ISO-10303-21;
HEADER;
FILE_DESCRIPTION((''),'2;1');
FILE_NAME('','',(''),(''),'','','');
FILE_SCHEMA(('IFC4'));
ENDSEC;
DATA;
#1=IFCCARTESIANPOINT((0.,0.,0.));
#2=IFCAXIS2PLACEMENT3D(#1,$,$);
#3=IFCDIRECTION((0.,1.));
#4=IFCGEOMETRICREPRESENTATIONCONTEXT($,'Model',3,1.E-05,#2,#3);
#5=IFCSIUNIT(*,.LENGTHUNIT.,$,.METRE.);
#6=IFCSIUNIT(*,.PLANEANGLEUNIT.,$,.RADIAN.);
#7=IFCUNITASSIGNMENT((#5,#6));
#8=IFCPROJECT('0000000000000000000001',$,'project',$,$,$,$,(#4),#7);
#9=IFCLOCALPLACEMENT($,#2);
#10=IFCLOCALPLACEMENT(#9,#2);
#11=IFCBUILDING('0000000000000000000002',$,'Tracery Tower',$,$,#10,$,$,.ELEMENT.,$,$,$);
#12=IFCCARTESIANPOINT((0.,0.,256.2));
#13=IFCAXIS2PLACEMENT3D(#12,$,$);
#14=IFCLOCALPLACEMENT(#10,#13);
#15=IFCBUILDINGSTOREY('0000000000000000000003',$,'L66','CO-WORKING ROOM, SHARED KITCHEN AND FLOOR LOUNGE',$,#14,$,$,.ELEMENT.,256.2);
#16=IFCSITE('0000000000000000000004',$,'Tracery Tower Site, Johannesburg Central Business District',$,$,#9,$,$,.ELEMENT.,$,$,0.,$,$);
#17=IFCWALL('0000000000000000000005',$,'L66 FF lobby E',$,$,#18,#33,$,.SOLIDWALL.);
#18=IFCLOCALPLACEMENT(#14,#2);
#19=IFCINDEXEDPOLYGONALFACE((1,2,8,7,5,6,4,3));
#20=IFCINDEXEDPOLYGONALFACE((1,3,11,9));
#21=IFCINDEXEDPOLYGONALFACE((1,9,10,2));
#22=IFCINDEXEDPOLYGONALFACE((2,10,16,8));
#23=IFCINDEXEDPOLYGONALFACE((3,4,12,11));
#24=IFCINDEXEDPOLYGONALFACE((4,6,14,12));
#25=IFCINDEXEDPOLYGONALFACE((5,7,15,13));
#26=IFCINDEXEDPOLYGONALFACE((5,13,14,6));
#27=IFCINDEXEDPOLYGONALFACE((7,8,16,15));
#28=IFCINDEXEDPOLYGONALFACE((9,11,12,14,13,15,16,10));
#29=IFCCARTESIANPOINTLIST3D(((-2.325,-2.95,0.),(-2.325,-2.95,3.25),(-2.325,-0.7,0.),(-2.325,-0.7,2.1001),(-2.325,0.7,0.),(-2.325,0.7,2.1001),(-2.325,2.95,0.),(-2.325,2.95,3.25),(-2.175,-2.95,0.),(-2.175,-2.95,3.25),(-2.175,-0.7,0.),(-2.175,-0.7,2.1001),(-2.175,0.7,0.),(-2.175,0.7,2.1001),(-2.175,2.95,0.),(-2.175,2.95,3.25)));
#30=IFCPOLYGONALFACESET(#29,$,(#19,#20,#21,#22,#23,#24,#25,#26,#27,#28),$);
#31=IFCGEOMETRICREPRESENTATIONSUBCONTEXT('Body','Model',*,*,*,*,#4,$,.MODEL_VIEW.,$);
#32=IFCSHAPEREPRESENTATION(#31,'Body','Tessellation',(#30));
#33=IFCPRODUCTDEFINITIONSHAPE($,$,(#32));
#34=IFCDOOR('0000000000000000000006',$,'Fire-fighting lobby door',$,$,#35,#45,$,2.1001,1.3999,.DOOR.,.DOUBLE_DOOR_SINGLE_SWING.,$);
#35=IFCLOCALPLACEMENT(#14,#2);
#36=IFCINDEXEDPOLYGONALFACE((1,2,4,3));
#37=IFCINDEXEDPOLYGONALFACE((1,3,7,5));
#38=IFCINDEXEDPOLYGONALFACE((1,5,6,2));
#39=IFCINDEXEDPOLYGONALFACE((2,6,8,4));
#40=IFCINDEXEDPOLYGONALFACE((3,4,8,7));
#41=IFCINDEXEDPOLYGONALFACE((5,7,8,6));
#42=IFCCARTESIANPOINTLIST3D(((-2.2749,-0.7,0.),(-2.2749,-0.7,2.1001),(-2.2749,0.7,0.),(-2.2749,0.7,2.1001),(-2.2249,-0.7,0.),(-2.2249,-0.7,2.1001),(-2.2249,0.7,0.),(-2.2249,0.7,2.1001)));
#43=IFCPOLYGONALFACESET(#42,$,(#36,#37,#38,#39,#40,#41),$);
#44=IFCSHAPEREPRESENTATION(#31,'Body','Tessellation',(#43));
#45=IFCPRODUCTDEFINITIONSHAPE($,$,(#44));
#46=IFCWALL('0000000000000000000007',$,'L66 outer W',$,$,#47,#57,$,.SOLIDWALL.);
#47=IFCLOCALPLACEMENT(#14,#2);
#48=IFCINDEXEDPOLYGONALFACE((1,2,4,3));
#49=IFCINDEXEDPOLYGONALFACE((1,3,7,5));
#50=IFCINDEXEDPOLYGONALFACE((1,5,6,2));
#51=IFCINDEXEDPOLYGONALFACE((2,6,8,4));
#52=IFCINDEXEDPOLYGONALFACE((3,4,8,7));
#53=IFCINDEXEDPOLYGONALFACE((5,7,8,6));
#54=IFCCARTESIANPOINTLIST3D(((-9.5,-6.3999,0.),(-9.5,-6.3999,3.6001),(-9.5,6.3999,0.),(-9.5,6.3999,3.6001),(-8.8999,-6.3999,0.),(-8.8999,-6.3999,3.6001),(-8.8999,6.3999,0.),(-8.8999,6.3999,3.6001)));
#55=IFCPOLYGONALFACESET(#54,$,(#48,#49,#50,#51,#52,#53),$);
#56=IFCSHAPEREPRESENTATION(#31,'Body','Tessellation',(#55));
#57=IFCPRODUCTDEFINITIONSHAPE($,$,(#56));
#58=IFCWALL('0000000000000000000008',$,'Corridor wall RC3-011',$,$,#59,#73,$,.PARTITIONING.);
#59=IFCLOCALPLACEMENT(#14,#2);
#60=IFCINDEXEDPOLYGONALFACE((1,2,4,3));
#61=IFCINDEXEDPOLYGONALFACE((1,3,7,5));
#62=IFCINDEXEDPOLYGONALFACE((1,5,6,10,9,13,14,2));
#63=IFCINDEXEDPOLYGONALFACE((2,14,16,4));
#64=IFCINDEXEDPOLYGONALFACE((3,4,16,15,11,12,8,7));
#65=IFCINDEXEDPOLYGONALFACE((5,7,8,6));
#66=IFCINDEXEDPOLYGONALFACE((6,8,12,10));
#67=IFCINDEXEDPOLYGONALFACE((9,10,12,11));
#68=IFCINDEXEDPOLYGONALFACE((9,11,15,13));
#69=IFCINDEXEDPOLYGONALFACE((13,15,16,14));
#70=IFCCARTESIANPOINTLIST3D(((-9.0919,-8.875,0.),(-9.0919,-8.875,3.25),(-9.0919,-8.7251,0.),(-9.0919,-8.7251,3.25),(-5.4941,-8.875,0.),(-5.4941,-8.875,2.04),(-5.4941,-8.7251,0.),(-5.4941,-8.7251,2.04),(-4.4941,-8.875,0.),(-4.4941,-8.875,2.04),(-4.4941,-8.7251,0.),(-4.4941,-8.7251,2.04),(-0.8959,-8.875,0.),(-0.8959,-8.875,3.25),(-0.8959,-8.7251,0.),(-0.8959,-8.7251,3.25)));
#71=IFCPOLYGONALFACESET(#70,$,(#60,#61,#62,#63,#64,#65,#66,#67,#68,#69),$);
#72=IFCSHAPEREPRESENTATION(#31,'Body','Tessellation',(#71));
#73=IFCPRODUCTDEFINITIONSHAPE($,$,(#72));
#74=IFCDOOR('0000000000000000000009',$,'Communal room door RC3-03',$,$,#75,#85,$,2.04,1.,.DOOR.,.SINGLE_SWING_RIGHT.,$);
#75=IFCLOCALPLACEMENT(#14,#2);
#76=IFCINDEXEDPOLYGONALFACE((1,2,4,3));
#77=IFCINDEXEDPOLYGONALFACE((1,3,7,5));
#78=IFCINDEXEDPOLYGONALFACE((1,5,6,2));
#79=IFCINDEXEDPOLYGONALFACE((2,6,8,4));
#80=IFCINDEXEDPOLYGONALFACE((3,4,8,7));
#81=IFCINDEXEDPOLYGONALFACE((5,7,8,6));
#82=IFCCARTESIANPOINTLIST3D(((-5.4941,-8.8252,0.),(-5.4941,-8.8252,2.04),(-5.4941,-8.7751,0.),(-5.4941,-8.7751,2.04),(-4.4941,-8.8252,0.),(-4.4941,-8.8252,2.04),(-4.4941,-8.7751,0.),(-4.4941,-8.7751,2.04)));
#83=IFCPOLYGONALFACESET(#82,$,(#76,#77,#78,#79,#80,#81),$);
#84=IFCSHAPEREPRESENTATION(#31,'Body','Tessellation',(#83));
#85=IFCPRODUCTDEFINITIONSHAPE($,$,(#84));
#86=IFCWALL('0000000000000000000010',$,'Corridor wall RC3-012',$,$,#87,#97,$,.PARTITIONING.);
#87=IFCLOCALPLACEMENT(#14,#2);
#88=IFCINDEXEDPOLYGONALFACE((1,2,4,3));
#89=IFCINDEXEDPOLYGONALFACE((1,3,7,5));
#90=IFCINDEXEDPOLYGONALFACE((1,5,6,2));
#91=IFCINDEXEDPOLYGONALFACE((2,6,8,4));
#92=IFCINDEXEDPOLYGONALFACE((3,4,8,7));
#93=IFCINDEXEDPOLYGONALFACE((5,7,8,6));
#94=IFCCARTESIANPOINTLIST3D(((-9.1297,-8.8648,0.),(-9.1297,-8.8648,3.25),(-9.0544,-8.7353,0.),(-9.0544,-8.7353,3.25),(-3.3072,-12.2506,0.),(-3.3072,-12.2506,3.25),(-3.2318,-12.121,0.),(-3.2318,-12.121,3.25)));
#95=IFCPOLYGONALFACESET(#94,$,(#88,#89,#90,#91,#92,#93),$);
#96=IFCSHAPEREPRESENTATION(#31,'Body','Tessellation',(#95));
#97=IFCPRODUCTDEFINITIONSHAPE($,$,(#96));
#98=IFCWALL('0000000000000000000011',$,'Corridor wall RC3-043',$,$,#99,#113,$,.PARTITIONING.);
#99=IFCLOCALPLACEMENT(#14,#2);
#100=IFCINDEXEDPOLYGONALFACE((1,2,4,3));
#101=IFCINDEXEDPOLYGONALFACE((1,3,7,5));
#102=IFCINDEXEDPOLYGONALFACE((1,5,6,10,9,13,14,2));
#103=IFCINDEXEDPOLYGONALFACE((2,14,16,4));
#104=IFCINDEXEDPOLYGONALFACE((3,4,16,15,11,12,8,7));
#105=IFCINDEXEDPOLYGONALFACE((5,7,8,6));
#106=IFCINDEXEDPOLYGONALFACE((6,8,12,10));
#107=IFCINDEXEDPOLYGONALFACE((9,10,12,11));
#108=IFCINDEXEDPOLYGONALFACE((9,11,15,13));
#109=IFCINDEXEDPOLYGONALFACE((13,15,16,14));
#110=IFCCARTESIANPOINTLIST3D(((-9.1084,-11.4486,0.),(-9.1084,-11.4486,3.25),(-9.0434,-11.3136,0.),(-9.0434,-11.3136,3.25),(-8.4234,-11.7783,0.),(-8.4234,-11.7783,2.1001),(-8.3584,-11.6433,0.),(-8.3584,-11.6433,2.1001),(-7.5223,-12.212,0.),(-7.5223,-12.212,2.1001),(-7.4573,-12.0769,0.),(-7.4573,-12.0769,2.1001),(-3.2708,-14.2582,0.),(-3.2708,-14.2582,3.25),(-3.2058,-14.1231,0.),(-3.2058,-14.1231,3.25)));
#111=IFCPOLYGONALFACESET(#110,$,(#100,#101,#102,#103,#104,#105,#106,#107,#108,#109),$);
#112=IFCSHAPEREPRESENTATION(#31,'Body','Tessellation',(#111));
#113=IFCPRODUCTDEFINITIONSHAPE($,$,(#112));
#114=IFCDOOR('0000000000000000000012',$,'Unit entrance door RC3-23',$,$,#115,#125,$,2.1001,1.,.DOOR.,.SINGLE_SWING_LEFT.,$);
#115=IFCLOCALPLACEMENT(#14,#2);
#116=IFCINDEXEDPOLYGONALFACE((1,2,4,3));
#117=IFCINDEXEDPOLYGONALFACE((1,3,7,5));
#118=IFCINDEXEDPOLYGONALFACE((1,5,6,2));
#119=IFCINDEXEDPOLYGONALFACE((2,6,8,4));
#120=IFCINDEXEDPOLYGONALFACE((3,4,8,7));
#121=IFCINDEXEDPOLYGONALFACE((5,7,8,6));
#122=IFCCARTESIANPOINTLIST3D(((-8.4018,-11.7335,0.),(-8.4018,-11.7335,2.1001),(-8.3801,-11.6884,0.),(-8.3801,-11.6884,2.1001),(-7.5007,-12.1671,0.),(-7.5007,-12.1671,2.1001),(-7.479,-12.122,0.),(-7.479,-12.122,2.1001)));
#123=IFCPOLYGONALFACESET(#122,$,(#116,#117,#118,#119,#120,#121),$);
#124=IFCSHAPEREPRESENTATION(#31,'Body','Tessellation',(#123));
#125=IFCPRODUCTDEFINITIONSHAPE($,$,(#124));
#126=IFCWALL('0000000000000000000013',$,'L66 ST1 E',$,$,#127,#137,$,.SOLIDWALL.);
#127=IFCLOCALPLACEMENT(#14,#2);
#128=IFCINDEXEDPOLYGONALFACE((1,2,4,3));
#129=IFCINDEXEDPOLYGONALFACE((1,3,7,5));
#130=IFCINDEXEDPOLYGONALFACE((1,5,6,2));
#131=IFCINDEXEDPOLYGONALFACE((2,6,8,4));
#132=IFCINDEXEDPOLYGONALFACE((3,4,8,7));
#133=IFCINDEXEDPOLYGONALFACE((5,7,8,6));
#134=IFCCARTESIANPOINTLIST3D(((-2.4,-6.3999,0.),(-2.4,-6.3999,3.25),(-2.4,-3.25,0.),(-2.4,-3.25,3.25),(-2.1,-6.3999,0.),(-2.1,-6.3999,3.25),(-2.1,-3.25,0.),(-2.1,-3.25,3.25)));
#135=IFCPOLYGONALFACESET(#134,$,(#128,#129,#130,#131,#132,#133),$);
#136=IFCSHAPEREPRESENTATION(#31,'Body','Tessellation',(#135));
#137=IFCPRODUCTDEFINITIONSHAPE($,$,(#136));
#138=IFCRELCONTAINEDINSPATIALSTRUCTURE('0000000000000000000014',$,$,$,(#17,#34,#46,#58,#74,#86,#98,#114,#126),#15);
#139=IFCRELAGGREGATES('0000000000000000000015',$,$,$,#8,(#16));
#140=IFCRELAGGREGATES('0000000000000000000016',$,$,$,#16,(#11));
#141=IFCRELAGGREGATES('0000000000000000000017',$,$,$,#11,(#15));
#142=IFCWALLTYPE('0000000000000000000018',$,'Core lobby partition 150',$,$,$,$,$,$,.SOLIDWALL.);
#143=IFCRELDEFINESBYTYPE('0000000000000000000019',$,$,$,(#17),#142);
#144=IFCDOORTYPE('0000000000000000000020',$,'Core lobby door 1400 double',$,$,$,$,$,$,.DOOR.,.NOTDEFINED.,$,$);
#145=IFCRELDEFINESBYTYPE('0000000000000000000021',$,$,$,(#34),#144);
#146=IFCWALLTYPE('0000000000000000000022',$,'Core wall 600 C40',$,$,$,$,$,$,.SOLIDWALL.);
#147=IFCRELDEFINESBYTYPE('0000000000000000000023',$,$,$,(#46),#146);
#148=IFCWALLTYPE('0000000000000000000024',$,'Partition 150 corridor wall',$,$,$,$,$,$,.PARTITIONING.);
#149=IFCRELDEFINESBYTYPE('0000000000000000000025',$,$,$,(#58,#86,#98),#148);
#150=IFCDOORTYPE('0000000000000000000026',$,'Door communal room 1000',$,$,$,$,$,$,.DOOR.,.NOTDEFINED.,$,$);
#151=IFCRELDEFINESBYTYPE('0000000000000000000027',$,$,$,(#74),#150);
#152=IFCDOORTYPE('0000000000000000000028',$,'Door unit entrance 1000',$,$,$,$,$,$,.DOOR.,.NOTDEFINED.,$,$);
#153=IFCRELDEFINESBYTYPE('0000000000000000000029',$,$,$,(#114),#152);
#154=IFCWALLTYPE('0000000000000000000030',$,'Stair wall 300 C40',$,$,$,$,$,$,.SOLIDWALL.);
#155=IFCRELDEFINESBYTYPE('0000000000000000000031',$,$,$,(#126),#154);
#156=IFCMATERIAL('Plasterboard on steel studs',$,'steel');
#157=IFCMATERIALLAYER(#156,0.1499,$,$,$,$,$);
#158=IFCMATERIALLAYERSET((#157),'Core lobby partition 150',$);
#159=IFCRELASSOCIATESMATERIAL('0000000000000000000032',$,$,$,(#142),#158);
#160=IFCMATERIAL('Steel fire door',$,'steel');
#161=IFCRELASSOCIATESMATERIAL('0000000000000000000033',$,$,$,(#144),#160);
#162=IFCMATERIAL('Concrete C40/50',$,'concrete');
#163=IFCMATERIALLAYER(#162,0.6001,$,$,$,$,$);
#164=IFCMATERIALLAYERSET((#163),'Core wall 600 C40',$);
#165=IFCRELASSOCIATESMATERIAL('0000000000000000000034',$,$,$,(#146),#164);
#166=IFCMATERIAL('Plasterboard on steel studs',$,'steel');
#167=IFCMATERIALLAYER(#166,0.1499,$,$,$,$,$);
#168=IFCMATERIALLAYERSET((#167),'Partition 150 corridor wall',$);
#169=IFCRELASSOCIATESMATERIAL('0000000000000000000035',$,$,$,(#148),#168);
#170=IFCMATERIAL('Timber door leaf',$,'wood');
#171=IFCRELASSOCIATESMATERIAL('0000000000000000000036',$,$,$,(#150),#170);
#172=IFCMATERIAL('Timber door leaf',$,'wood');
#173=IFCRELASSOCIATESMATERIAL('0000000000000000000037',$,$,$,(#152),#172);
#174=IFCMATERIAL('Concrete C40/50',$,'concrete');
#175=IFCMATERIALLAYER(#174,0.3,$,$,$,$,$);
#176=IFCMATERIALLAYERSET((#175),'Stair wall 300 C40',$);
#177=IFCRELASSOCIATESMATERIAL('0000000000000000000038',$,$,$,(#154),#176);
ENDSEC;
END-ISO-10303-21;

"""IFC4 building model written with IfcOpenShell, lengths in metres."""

from ifc_helpers import new_model, si_unit, direction, frame, frame_2d, origin, place, context, subcontext, project, spatial, rectangle, extrude, material, layer, layer_set, type_object, element, fill, save


model = new_model("IFC4")

# Units and contexts
model_context = context("Model", 3, precision=1e-05, world=origin(), true_north=direction((0.0, 1.0)))
body_context = subcontext(model_context, "Body", "Model", "MODEL_VIEW")
ifc_project = project(units=[si_unit("LENGTHUNIT", "METRE"), si_unit("PLANEANGLEUNIT", "RADIAN")], contexts=[model_context])

# Site, building, storey
site_placement = place(None, origin())
site = spatial("IfcSite", under=ifc_project, at=site_placement, Name="Tracery Tower Site, Johannesburg Central Business District", CompositionType="ELEMENT", RefElevation=0.0)
building_placement = place(site_placement, origin())
building = spatial("IfcBuilding", under=site, at=building_placement, Name="Tracery Tower", CompositionType="ELEMENT")
storey_placement = place(building_placement, frame((0.0, 0.0, 256.2)))
storey = spatial("IfcBuildingStorey", under=building, at=storey_placement, Name="L66", Description="CO-WORKING ROOM, SHARED KITCHEN AND FLOOR LOUNGE", CompositionType="ELEMENT", Elevation=256.2)

# Wall, opening, door
ifc_material_1 = material(Name="Plasterboard on steel studs", Category="steel")
ifc_layer_1 = layer(ifc_material_1, 0.1499)
ifc_layer_set_1 = layer_set([ifc_layer_1], Name="Core lobby partition 150")
wall_type_1 = type_object("IfcWallType", Name="Core lobby partition 150", PredefinedType="SOLIDWALL", material=ifc_layer_set_1)
wall_1_placement = place(storey_placement, frame((-2.25, -2.95, 0.0), z_axis=(0.0, 0.0, 1.0), x_axis=(0.0, 1.0, 0.0)))
wall_1 = element("IfcWall", 1, at=wall_1_placement, inside=storey, type_object=wall_type_1, Name="L66 FF lobby E", PredefinedType="SOLIDWALL", context=body_context, shape_type="SweptSolid", body=[
    extrude(rectangle(XDim=5.8999, YDim=0.1499, at=frame_2d((2.95, 0.0))), origin(), (0.0, 0.0, 1.0), 3.25),
])
opening_1_placement = place(wall_1_placement, frame((2.25, 0.0, 0.0)))
opening_1 = element("IfcOpeningElement", 2, at=opening_1_placement, cuts=wall_1, PredefinedType="OPENING", context=body_context, shape_type="SweptSolid", body=[
    extrude(rectangle(XDim=1.3999, YDim=2.1001, at=frame_2d((0.7, 1.05))), frame((0.0, 0.075, 0.0), z_axis=(0.0, -1.0, 0.0), x_axis=(1.0, 0.0, 0.0)), (0.0, 0.0, 1.0), 0.1499),
])
ifc_material_2 = material(Name="Steel fire door", Category="steel")
door_type_1 = type_object("IfcDoorType", Name="Core lobby door 1400 double", OperationType="NOTDEFINED", PredefinedType="DOOR", material=ifc_material_2)
door_1_placement = place(opening_1_placement, origin())
door_1 = element("IfcDoor", 3, at=door_1_placement, inside=storey, type_object=door_type_1, Name="Fire-fighting lobby door", OperationType="DOUBLE_DOOR_SINGLE_SWING", OverallHeight=2.1001, OverallWidth=1.3999, PredefinedType="DOOR", context=body_context, shape_type="SweptSolid", body=[
    extrude(rectangle(XDim=1.3999, YDim=2.1001, at=frame_2d((0.7, 1.05))), frame((0.0, 0.0249, 0.0), z_axis=(0.0, -1.0, 0.0), x_axis=(1.0, 0.0, 0.0)), (0.0, 0.0, 1.0), 0.05),
])
fill(opening_1, door_1)

# Wall
ifc_material_3 = material(Name="Concrete C40/50", Category="concrete")
ifc_layer_2 = layer(ifc_material_3, 0.6001)
ifc_layer_set_2 = layer_set([ifc_layer_2], Name="Core wall 600 C40")
wall_type_2 = type_object("IfcWallType", Name="Core wall 600 C40", PredefinedType="SOLIDWALL", material=ifc_layer_set_2)
wall_2_placement = place(storey_placement, frame((-9.2, -6.3999, 0.0), z_axis=(0.0, 0.0, 1.0), x_axis=(0.0, 1.0, 0.0)))
element("IfcWall", 4, at=wall_2_placement, inside=storey, type_object=wall_type_2, Name="L66 outer W", PredefinedType="SOLIDWALL", context=body_context, shape_type="SweptSolid", body=[
    extrude(rectangle(XDim=12.7998, YDim=0.6001, at=frame_2d((6.3999, 0.0))), origin(), (0.0, 0.0, 1.0), 3.6001),
])

# Wall, opening, door
ifc_material_4 = material(Name="Plasterboard on steel studs", Category="steel")
ifc_layer_3 = layer(ifc_material_4, 0.1499)
ifc_layer_set_3 = layer_set([ifc_layer_3], Name="Partition 150 corridor wall")
wall_type_3 = type_object("IfcWallType", Name="Partition 150 corridor wall", PredefinedType="PARTITIONING", material=ifc_layer_set_3)
wall_3_placement = place(storey_placement, frame((-9.092, -8.8, 0.0), z_axis=(0.0, 0.0, 1.0), x_axis=(1.0, 0.0, 0.0)))
wall_3 = element("IfcWall", 5, at=wall_3_placement, inside=storey, type_object=wall_type_3, Name="Corridor wall RC3-011", PredefinedType="PARTITIONING", context=body_context, shape_type="SweptSolid", body=[
    extrude(rectangle(XDim=8.196, YDim=0.1499, at=frame_2d((4.0981, 0.0))), origin(), (0.0, 0.0, 1.0), 3.25),
])
opening_2_placement = place(wall_3_placement, frame((3.5979, 0.0, 0.0)))
opening_2 = element("IfcOpeningElement", 6, at=opening_2_placement, cuts=wall_3, PredefinedType="OPENING", context=body_context, shape_type="SweptSolid", body=[
    extrude(rectangle(XDim=1.0, YDim=2.04, at=frame_2d((0.5, 1.02))), frame((0.0, 0.075, 0.0), z_axis=(0.0, -1.0, 0.0), x_axis=(1.0, 0.0, 0.0)), (0.0, 0.0, 1.0), 0.1499),
])
ifc_material_5 = material(Name="Timber door leaf", Category="wood")
door_type_2 = type_object("IfcDoorType", Name="Door communal room 1000", OperationType="NOTDEFINED", PredefinedType="DOOR", material=ifc_material_5)
door_2_placement = place(opening_2_placement, origin())
door_2 = element("IfcDoor", 7, at=door_2_placement, inside=storey, type_object=door_type_2, Name="Communal room door RC3-03", OperationType="SINGLE_SWING_RIGHT", OverallHeight=2.04, OverallWidth=1.0, PredefinedType="DOOR", context=body_context, shape_type="SweptSolid", body=[
    extrude(rectangle(XDim=1.0, YDim=2.04, at=frame_2d((0.5, 1.02))), frame((0.0, 0.0249, 0.0), z_axis=(0.0, -1.0, 0.0), x_axis=(1.0, 0.0, 0.0)), (0.0, 0.0, 1.0), 0.05),
])
fill(opening_2, door_2)

# Wall
wall_4_placement = place(storey_placement, frame((-9.092, -8.8, 0.0), z_axis=(0.0, 0.0, 1.0), x_axis=(0.864471, -0.502683, 0.0)))
element("IfcWall", 8, at=wall_4_placement, inside=storey, type_object=wall_type_3, Name="Corridor wall RC3-012", PredefinedType="PARTITIONING", context=body_context, shape_type="SweptSolid", body=[
    extrude(rectangle(XDim=6.7354, YDim=0.1499, at=frame_2d((3.3677, 0.0))), origin(), (0.0, 0.0, 1.0), 3.25),
])

# Wall, opening, door
wall_5_placement = place(storey_placement, frame((-9.0759, -11.3811, 0.0), z_axis=(0.0, 0.0, 1.0), x_axis=(0.901071, -0.433672, 0.0)))
wall_5 = element("IfcWall", 9, at=wall_5_placement, inside=storey, type_object=wall_type_3, Name="Corridor wall RC3-043", PredefinedType="PARTITIONING", context=body_context, shape_type="SweptSolid", body=[
    extrude(rectangle(XDim=6.4785, YDim=0.1499, at=frame_2d((3.2393, 0.0))), origin(), (0.0, 0.0, 1.0), 3.25),
])
opening_3_placement = place(wall_5_placement, frame((0.7603, 0.0, 0.0)))
opening_3 = element("IfcOpeningElement", 10, at=opening_3_placement, cuts=wall_5, PredefinedType="OPENING", context=body_context, shape_type="SweptSolid", body=[
    extrude(rectangle(XDim=1.0, YDim=2.1001, at=frame_2d((0.5, 1.05))), frame((0.0, 0.075, 0.0), z_axis=(0.0, -1.0, 0.0), x_axis=(1.0, 0.0, 0.0)), (0.0, 0.0, 1.0), 0.1499),
])
ifc_material_6 = material(Name="Timber door leaf", Category="wood")
door_type_3 = type_object("IfcDoorType", Name="Door unit entrance 1000", OperationType="NOTDEFINED", PredefinedType="DOOR", material=ifc_material_6)
door_3_placement = place(opening_3_placement, origin())
door_3 = element("IfcDoor", 11, at=door_3_placement, inside=storey, type_object=door_type_3, Name="Unit entrance door RC3-23", OperationType="SINGLE_SWING_LEFT", OverallHeight=2.1001, OverallWidth=1.0, PredefinedType="DOOR", context=body_context, shape_type="SweptSolid", body=[
    extrude(rectangle(XDim=1.0, YDim=2.1001, at=frame_2d((0.5, 1.05))), frame((0.0, 0.0249, 0.0), z_axis=(0.0, -1.0, 0.0), x_axis=(1.0, 0.0, 0.0)), (0.0, 0.0, 1.0), 0.05),
])
fill(opening_3, door_3)

# Shared definitions
ifc_material_7 = material(Name="Concrete C40/50", Category="concrete")
ifc_layer_4 = layer(ifc_material_7, 0.3)
ifc_layer_set_4 = layer_set([ifc_layer_4], Name="Stair wall 300 C40")
wall_type_4 = type_object("IfcWallType", Name="Stair wall 300 C40", PredefinedType="SOLIDWALL", material=ifc_layer_set_4)

# Wall
wall_6_placement = place(storey_placement, frame((-2.25, -6.3999, 0.0), z_axis=(0.0, 0.0, 1.0), x_axis=(0.0, 1.0, 0.0)))
element("IfcWall", 12, at=wall_6_placement, inside=storey, type_object=wall_type_4, Name="L66 ST1 E", PredefinedType="SOLIDWALL", context=body_context, shape_type="SweptSolid", body=[
    extrude(rectangle(XDim=3.1499, YDim=0.3, at=frame_2d((1.575, 0.0))), origin(), (0.0, 0.0, 1.0), 3.25),
])

save(model, "model.ifc")
